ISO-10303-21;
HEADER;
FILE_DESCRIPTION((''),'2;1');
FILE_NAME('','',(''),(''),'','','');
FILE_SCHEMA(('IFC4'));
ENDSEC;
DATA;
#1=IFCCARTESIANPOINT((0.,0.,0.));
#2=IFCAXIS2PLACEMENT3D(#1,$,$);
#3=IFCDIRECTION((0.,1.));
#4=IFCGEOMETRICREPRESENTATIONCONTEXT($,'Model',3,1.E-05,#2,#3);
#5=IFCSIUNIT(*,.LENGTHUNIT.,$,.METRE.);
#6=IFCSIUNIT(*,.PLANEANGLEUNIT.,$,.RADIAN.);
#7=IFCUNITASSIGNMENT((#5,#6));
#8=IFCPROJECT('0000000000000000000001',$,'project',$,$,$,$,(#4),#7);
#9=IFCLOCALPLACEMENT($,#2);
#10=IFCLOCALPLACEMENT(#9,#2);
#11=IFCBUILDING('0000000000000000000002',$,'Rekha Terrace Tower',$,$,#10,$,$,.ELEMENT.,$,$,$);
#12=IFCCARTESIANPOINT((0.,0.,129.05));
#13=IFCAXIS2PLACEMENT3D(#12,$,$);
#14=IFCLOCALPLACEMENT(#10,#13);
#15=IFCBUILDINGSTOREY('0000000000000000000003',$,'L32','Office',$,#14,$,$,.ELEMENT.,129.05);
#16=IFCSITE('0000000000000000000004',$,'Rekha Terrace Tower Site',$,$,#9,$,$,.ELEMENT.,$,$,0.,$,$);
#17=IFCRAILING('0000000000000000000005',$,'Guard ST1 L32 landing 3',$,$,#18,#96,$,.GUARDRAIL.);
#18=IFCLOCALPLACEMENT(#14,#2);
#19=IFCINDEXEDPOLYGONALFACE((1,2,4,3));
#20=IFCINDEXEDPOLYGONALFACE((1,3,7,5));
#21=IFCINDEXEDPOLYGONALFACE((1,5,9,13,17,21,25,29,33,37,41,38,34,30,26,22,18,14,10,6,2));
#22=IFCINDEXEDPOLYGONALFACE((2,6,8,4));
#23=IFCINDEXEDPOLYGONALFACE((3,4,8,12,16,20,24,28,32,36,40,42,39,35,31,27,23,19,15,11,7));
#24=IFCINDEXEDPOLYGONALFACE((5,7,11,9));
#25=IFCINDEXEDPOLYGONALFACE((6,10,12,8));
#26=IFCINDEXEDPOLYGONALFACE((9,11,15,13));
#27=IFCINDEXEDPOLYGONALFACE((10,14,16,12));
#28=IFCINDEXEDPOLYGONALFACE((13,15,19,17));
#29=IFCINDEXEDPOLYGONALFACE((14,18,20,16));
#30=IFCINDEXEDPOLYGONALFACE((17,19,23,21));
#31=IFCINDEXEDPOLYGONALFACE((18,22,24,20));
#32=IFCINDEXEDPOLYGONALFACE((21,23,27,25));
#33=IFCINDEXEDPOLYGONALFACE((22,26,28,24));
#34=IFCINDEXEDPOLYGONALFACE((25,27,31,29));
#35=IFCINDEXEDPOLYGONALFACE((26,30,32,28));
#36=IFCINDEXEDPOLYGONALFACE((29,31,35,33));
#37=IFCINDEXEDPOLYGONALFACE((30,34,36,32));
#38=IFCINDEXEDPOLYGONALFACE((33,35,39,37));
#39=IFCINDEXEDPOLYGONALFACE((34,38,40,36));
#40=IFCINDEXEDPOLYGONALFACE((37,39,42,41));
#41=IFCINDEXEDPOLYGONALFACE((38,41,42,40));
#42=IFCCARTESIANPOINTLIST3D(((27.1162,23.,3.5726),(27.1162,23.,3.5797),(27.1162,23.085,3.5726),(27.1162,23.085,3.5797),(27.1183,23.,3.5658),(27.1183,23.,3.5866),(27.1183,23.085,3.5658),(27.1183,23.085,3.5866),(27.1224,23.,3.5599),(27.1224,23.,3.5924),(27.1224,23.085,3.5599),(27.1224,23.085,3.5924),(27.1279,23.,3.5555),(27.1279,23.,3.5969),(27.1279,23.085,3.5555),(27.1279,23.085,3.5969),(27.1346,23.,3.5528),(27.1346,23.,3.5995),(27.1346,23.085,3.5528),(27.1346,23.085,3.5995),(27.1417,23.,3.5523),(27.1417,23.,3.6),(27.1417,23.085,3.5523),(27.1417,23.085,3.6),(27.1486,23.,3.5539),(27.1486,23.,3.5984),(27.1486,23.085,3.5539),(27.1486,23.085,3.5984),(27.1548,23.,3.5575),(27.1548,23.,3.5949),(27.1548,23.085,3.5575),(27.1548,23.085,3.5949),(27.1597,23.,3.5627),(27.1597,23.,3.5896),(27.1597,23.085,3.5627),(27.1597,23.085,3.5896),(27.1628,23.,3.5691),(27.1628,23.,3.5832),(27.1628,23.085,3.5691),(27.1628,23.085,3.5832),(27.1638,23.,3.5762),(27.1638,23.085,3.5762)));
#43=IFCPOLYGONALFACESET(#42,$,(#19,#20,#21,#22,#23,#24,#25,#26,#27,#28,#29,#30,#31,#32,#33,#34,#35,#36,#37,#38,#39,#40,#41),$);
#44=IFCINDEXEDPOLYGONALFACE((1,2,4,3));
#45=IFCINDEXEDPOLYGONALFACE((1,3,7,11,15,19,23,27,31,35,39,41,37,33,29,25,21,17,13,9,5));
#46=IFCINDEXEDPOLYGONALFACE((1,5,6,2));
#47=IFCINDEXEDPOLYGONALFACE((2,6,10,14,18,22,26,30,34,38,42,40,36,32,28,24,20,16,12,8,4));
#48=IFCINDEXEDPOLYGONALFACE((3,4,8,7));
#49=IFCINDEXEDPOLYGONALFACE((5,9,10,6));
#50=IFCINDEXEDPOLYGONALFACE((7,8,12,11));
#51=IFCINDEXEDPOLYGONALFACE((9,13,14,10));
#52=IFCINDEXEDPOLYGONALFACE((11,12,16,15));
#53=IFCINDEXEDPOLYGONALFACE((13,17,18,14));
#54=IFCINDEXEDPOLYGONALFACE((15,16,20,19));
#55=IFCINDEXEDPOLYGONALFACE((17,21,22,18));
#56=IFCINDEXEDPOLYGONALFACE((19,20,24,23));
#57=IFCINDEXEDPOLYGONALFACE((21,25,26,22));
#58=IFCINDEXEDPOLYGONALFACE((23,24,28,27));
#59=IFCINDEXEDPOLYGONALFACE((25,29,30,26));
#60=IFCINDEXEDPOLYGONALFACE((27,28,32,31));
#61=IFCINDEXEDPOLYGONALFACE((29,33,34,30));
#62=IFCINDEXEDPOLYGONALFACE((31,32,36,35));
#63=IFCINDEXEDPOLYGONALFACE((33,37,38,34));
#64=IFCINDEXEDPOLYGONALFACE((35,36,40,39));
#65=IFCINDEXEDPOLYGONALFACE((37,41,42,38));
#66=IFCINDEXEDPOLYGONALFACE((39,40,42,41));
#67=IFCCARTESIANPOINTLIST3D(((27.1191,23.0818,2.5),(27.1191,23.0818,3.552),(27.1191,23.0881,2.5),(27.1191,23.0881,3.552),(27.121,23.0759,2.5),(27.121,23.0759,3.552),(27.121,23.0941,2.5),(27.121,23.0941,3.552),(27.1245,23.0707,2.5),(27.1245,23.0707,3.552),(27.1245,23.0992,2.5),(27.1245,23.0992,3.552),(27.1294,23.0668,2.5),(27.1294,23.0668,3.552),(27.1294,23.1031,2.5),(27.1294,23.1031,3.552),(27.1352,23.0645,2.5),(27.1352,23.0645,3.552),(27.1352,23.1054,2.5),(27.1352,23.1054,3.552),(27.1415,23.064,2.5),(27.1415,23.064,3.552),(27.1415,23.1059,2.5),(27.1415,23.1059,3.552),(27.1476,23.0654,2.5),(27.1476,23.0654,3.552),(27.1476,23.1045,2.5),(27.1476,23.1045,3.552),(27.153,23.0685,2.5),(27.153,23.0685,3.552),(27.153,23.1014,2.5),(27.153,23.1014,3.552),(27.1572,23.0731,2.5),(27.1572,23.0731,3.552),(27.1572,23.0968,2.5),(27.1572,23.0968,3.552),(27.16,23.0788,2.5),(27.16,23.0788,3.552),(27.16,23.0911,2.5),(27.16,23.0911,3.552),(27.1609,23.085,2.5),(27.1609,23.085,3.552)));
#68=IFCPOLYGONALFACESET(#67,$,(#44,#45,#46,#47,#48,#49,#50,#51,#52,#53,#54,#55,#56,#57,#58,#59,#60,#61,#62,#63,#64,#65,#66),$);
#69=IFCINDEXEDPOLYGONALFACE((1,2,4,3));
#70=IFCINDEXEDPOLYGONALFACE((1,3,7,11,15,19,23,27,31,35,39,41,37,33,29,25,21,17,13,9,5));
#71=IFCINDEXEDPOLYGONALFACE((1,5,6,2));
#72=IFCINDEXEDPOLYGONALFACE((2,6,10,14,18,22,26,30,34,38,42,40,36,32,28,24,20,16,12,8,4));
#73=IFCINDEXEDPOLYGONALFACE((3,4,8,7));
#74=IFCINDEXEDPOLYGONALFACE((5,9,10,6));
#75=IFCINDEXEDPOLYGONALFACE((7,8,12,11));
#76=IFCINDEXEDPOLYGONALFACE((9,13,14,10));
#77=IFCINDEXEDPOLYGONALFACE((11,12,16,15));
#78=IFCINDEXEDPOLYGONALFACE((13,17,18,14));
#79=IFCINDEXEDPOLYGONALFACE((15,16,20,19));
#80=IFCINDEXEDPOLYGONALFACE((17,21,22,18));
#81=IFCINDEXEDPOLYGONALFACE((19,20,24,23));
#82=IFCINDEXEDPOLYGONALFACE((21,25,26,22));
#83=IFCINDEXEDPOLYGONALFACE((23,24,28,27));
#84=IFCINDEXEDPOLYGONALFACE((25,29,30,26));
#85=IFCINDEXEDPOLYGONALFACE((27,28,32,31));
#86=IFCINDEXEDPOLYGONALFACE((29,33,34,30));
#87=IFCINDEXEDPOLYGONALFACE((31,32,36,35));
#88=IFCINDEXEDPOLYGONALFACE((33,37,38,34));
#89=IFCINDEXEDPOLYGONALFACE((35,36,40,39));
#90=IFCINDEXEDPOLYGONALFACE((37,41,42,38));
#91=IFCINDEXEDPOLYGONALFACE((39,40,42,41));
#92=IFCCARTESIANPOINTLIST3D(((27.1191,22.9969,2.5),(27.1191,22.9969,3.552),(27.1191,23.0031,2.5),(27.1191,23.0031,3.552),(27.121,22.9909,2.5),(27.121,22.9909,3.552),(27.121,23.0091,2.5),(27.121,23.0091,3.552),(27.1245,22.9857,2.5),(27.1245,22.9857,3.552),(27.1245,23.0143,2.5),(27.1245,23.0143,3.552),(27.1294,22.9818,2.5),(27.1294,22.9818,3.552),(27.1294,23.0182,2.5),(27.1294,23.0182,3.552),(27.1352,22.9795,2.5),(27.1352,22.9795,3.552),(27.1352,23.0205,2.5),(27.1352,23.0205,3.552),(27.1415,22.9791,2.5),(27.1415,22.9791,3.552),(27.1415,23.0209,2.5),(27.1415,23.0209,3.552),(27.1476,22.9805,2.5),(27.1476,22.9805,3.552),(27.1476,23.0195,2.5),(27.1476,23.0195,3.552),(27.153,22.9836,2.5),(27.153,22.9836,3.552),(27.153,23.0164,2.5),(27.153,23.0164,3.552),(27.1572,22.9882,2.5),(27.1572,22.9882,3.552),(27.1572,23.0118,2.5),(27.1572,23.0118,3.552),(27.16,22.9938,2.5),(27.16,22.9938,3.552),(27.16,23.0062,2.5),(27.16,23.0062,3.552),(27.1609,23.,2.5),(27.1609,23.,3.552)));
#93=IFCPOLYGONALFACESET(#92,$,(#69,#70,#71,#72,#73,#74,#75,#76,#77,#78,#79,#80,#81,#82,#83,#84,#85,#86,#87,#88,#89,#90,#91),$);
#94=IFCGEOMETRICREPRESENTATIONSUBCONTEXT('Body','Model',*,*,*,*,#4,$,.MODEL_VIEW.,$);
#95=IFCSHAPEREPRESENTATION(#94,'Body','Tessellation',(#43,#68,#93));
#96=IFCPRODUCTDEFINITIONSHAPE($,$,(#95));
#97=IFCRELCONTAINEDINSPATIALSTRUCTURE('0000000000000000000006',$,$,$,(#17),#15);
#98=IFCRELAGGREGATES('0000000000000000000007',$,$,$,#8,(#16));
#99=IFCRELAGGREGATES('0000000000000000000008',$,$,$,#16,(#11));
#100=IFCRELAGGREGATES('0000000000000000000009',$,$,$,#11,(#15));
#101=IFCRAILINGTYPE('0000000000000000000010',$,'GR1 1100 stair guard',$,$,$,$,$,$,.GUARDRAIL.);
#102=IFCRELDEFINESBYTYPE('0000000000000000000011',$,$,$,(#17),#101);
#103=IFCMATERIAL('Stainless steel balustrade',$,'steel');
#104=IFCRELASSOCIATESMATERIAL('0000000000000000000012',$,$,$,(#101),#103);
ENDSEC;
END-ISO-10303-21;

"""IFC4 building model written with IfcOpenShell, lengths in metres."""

from ifc_helpers import new_model, si_unit, direction, frame, origin, origin_2d, place, context, subcontext, project, spatial, circle, extrude, material, type_object, element, save


model = new_model("IFC4")

# Units and contexts
model_context = context("Model", 3, precision=1e-05, world=origin(), true_north=direction((0.0, 1.0)))
body_context = subcontext(model_context, "Body", "Model", "MODEL_VIEW")
ifc_project = project(units=[si_unit("LENGTHUNIT", "METRE"), si_unit("PLANEANGLEUNIT", "RADIAN")], contexts=[model_context])

# Site, building, storey
site_placement = place(None, origin())
site = spatial("IfcSite", under=ifc_project, at=site_placement, Name="Rekha Terrace Tower Site", CompositionType="ELEMENT", RefElevation=0.0)
building_placement = place(site_placement, origin())
building = spatial("IfcBuilding", under=site, at=building_placement, Name="Rekha Terrace Tower", CompositionType="ELEMENT")
storey_placement = place(building_placement, frame((0.0, 0.0, 129.05)))
storey = spatial("IfcBuildingStorey", under=building, at=storey_placement, Name="L32", Description="Office", CompositionType="ELEMENT", Elevation=129.05)

# Railing
ifc_material_1 = material(Name="Stainless steel balustrade", Category="steel")
railing_type_1 = type_object("IfcRailingType", Name="GR1 1100 stair guard", PredefinedType="GUARDRAIL", material=ifc_material_1)
railing_1_placement = place(storey_placement, frame((27.1399, 23.085, 2.5)))
element("IfcRailing", 1, at=railing_1_placement, inside=storey, type_object=railing_type_1, Name="Guard ST1 L32 landing 3", PredefinedType="GUARDRAIL", context=body_context, shape_type="SweptSolid", body=[
    extrude(circle(Radius=0.0239, at=origin_2d()), frame((0.0, 0.0, 1.0762), z_axis=(0.0, -1.0, 0.0), x_axis=(1.0, 0.0, 0.0)), (0.0, 0.0, 1.0), 0.085),
    extrude(circle(Radius=0.021, at=origin_2d()), origin(), (0.0, 0.0, 1.0), 1.052),
    extrude(circle(Radius=0.021, at=origin_2d()), frame((0.0, -0.085, 0.0)), (0.0, 0.0, 1.0), 1.052),
])

save(model, "model.ifc")
